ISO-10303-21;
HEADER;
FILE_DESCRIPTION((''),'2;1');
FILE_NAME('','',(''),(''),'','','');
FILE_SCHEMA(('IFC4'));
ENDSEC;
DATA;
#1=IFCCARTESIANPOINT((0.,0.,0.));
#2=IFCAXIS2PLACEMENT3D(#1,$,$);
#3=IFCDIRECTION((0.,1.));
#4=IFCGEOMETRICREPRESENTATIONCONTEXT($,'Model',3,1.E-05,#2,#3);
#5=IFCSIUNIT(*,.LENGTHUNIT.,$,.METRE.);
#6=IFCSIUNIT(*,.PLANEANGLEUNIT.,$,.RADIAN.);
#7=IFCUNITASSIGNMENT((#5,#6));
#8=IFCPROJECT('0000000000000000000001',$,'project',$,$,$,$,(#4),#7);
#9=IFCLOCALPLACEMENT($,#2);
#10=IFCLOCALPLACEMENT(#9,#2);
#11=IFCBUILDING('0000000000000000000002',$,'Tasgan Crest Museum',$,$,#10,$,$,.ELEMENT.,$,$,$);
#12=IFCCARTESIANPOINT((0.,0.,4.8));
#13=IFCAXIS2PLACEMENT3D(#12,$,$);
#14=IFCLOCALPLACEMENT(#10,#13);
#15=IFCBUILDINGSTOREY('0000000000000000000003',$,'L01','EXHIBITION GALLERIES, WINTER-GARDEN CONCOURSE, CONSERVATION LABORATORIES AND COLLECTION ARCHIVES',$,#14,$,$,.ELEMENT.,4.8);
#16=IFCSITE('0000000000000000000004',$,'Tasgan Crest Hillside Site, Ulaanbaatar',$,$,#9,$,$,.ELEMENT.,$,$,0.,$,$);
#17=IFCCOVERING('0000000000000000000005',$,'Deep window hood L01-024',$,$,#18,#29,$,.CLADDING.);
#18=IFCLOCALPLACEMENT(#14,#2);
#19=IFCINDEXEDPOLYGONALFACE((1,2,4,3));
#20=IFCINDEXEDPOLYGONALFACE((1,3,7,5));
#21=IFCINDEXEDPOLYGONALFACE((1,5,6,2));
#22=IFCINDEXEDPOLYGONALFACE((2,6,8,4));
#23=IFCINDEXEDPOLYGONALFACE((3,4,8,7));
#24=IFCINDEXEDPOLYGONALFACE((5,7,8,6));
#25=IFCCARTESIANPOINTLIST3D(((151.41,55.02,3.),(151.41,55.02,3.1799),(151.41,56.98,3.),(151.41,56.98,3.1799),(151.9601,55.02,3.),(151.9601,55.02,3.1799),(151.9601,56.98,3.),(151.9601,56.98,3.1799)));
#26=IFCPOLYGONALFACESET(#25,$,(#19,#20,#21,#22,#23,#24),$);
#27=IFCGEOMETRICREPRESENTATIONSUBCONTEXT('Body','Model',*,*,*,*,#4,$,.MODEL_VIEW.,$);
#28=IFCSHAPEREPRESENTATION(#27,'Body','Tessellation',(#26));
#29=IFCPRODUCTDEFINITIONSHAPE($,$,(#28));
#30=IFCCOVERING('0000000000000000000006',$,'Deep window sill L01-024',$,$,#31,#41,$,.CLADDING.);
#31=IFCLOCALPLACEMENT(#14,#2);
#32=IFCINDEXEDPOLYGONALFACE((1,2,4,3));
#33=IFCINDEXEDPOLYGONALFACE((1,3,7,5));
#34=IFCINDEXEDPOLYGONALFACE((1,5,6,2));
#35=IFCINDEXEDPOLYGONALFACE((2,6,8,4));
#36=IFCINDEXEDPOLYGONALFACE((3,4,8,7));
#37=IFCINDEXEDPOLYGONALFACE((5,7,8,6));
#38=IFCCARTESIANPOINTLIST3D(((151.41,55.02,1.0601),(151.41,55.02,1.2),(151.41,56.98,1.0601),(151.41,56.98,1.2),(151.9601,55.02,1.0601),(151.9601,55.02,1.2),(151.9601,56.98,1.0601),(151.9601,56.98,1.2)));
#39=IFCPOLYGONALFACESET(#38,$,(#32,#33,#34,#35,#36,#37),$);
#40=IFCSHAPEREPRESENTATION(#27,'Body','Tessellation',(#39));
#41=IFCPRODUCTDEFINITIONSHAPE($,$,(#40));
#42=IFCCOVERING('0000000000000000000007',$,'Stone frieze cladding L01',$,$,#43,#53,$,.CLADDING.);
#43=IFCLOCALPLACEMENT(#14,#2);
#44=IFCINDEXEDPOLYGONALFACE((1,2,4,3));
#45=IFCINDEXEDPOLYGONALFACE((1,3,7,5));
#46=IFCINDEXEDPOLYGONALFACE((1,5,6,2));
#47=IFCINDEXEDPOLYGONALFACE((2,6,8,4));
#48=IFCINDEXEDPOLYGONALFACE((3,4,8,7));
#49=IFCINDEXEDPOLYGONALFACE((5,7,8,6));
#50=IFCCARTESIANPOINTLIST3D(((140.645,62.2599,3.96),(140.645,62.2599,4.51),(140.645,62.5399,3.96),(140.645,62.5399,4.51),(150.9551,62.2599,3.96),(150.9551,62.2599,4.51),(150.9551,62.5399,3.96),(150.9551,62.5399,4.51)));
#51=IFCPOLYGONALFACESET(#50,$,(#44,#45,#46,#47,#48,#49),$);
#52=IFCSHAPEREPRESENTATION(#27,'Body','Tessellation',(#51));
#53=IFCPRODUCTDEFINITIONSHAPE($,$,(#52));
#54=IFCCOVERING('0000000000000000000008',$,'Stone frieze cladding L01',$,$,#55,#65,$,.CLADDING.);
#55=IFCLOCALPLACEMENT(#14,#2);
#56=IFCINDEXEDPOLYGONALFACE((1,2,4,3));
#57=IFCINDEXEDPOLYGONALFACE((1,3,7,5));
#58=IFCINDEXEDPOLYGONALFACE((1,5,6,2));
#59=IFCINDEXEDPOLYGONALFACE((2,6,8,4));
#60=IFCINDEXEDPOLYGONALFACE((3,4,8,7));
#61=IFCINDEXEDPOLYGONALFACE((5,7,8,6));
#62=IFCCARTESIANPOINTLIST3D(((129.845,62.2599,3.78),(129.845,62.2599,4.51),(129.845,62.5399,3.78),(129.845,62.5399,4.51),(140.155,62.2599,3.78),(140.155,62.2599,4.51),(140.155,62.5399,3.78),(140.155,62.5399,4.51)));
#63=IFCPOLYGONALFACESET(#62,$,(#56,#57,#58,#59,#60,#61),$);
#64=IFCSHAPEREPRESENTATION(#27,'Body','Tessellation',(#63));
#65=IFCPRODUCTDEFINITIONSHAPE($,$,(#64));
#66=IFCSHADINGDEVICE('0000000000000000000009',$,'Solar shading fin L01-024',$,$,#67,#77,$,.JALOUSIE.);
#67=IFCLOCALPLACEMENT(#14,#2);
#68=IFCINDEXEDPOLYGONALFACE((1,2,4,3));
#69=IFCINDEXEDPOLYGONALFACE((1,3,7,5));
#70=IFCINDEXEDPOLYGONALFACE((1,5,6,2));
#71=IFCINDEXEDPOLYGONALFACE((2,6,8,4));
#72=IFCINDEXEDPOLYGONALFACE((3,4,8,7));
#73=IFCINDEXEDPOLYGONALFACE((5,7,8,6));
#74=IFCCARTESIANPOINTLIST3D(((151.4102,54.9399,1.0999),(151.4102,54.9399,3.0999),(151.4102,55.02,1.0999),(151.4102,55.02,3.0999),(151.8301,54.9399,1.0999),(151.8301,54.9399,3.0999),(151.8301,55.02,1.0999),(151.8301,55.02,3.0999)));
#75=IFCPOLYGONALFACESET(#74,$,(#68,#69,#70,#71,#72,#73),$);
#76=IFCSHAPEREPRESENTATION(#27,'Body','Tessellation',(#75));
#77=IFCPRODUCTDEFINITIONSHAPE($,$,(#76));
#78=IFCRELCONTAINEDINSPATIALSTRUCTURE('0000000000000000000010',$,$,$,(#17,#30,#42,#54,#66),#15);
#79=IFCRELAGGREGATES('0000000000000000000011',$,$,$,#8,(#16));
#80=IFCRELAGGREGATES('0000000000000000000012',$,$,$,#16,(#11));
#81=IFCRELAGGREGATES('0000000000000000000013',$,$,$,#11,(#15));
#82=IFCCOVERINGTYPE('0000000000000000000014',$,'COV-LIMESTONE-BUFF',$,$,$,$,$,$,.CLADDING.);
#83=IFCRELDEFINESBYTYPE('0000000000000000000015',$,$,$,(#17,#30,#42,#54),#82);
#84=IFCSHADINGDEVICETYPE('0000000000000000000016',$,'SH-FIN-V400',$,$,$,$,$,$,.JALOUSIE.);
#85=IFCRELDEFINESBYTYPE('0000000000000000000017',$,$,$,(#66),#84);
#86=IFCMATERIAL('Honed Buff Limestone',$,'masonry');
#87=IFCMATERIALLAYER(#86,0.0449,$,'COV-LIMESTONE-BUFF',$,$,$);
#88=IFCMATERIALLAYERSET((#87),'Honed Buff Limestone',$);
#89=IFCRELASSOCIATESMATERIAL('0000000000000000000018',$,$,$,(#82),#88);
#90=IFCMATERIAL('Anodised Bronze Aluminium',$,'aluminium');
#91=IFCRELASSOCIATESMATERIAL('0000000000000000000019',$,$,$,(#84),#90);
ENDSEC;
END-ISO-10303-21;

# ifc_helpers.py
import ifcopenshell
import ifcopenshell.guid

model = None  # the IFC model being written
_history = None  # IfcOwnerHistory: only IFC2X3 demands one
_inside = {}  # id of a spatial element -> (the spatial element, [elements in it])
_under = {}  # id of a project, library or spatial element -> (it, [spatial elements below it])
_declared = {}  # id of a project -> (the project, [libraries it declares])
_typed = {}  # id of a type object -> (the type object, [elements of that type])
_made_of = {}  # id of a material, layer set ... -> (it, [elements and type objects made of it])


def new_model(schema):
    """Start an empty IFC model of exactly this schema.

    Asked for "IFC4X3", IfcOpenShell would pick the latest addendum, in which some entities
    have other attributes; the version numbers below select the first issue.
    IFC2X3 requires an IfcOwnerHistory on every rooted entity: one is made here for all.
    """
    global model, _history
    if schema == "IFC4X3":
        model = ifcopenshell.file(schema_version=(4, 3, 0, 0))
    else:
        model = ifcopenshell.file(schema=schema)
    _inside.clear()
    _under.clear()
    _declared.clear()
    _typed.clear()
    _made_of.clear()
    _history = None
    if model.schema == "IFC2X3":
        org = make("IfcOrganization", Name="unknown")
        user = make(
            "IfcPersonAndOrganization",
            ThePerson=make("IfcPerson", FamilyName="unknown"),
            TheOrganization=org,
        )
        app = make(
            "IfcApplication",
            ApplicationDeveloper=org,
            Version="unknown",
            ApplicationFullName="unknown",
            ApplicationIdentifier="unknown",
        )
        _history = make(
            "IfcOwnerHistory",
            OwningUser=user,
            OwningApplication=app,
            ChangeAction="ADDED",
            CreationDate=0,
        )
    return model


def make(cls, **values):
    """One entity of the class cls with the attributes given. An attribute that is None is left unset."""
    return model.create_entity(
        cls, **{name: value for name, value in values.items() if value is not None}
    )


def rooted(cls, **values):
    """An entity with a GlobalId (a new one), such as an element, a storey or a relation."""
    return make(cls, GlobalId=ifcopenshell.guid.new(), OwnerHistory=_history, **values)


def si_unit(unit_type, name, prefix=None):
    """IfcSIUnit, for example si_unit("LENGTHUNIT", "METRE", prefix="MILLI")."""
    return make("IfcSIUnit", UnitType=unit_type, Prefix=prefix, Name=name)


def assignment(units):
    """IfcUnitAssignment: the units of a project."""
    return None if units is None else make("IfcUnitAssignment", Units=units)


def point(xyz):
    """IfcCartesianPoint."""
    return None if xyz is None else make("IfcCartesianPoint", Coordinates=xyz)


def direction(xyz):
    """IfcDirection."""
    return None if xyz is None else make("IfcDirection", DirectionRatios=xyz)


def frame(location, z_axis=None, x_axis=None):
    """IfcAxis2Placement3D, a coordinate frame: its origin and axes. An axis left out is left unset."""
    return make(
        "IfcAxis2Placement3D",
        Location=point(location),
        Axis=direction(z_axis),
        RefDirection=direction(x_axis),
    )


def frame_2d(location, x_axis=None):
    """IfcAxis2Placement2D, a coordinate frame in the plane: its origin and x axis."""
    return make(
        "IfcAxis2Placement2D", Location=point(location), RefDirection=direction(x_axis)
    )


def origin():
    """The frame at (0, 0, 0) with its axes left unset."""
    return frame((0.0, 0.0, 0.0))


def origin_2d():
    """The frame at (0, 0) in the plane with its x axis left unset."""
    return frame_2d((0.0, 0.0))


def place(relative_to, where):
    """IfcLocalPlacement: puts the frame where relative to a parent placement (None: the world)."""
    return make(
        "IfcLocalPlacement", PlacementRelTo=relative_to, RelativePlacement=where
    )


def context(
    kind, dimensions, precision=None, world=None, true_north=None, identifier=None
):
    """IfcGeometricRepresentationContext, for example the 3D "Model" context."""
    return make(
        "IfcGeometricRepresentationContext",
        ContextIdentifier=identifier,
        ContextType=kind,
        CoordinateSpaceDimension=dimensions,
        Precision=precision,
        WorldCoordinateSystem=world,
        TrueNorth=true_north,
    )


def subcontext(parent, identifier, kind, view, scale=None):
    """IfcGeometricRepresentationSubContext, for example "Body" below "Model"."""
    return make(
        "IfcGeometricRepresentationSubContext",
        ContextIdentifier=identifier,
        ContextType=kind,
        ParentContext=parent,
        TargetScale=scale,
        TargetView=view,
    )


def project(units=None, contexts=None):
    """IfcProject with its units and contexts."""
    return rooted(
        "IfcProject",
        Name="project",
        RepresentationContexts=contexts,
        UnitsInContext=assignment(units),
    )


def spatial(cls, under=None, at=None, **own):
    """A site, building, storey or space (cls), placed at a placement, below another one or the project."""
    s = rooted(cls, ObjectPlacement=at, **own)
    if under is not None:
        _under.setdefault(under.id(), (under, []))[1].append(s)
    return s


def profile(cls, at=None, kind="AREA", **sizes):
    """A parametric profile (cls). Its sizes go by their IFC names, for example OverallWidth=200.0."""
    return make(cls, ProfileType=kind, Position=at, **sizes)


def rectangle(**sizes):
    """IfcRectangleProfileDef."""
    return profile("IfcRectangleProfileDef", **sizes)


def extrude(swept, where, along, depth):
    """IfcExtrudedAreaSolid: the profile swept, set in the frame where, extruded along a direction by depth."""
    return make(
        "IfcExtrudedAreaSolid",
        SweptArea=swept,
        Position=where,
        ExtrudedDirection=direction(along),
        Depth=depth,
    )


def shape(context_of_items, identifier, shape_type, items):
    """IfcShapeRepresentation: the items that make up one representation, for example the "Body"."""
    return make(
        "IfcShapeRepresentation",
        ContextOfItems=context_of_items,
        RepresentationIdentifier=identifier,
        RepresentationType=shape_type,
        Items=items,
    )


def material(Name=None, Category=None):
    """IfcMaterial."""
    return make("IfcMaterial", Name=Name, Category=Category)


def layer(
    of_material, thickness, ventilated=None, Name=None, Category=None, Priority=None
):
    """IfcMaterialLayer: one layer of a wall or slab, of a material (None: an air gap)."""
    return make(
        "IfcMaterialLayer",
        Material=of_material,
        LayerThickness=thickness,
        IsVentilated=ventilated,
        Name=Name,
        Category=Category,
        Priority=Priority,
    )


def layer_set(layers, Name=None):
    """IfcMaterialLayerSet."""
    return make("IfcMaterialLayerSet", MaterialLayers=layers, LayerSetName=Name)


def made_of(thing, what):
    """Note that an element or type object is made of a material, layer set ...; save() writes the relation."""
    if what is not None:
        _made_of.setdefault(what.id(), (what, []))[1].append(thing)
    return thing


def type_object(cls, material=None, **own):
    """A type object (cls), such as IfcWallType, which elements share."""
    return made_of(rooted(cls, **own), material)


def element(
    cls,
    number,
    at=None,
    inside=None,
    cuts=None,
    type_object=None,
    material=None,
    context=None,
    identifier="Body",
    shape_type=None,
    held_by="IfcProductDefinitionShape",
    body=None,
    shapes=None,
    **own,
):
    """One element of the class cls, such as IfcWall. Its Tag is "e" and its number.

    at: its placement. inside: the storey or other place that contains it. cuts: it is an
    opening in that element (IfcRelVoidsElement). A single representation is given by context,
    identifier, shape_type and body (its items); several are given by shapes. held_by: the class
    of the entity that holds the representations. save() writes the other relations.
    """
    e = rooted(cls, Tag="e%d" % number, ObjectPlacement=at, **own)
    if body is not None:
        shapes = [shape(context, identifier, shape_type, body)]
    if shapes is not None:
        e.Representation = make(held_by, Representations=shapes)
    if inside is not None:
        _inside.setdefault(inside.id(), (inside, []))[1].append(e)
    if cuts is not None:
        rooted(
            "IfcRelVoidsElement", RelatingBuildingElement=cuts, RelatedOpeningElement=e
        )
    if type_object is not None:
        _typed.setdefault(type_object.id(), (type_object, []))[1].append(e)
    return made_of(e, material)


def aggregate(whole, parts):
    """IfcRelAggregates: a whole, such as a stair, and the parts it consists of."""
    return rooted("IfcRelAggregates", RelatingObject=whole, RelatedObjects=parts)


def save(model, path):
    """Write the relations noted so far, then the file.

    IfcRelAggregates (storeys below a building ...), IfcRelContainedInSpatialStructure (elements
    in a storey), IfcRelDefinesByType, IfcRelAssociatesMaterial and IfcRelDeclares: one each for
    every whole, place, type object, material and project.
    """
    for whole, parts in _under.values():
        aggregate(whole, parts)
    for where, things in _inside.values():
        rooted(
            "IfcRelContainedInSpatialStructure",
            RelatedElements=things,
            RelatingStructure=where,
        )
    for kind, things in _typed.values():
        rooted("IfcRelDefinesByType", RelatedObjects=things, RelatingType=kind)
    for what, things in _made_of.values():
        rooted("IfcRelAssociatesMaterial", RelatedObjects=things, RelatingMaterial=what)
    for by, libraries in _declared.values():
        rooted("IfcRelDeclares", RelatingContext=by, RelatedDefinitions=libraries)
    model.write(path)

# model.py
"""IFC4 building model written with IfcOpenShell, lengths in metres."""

from ifc_helpers import new_model, si_unit, direction, frame, origin, origin_2d, place, context, subcontext, project, spatial, rectangle, extrude, material, layer, layer_set, type_object, element, save


model = new_model("IFC4")

# Units and contexts
model_context = context("Model", 3, precision=1e-05, world=origin(), true_north=direction((0.0, 1.0)))
body_context = subcontext(model_context, "Body", "Model", "MODEL_VIEW")
ifc_project = project(units=[si_unit("LENGTHUNIT", "METRE"), si_unit("PLANEANGLEUNIT", "RADIAN")], contexts=[model_context])

# Site, building, storey
site_placement = place(None, origin())
site = spatial("IfcSite", under=ifc_project, at=site_placement, Name="Tasgan Crest Hillside Site, Ulaanbaatar", CompositionType="ELEMENT", RefElevation=0.0)
building_placement = place(site_placement, origin())
building = spatial("IfcBuilding", under=site, at=building_placement, Name="Tasgan Crest Museum", CompositionType="ELEMENT")
storey_placement = place(building_placement, frame((0.0, 0.0, 4.8)))
storey = spatial("IfcBuildingStorey", under=building, at=storey_placement, Name="L01", Description="EXHIBITION GALLERIES, WINTER-GARDEN CONCOURSE, CONSERVATION LABORATORIES AND COLLECTION ARCHIVES", CompositionType="ELEMENT", Elevation=4.8)

# Coverings
ifc_material_1 = material(Name="Honed Buff Limestone", Category="masonry")
ifc_layer_1 = layer(ifc_material_1, 0.0449, Name="COV-LIMESTONE-BUFF")
ifc_layer_set_1 = layer_set([ifc_layer_1], Name="Honed Buff Limestone")
covering_type_1 = type_object("IfcCoveringType", Name="COV-LIMESTONE-BUFF", PredefinedType="CLADDING", material=ifc_layer_set_1)
covering_1_placement = place(storey_placement, frame((151.6851, 56.0, 3.0), z_axis=(0.0, 0.0, 1.0), x_axis=(0.0, 1.0, 0.0)))
element("IfcCovering", 1, at=covering_1_placement, inside=storey, type_object=covering_type_1, Name="Deep window hood L01-024", PredefinedType="CLADDING", context=body_context, shape_type="SweptSolid", body=[
    extrude(rectangle(XDim=1.96, YDim=0.55, at=origin_2d()), origin(), (0.0, 0.0, 1.0), 0.1799),
])
covering_2_placement = place(storey_placement, frame((151.6851, 56.0, 1.0601), z_axis=(0.0, 0.0, 1.0), x_axis=(0.0, 1.0, 0.0)))
element("IfcCovering", 2, at=covering_2_placement, inside=storey, type_object=covering_type_1, Name="Deep window sill L01-024", PredefinedType="CLADDING", context=body_context, shape_type="SweptSolid", body=[
    extrude(rectangle(XDim=1.96, YDim=0.55, at=origin_2d()), origin(), (0.0, 0.0, 1.0), 0.1399),
])
covering_3_placement = place(storey_placement, frame((145.8, 62.3999, 3.96), z_axis=(0.0, 0.0, 1.0), x_axis=(-1.0, 0.0, 0.0)))
element("IfcCovering", 3, at=covering_3_placement, inside=storey, type_object=covering_type_1, Name="Stone frieze cladding L01", PredefinedType="CLADDING", context=body_context, shape_type="SweptSolid", body=[
    extrude(rectangle(XDim=10.3101, YDim=0.28, at=origin_2d()), origin(), (0.0, 0.0, 1.0), 0.55),
])
covering_4_placement = place(storey_placement, frame((135.0, 62.3999, 3.78), z_axis=(0.0, 0.0, 1.0), x_axis=(-1.0, 0.0, 0.0)))
element("IfcCovering", 4, at=covering_4_placement, inside=storey, type_object=covering_type_1, Name="Stone frieze cladding L01", PredefinedType="CLADDING", context=body_context, shape_type="SweptSolid", body=[
    extrude(rectangle(XDim=10.3101, YDim=0.28, at=origin_2d()), origin(), (0.0, 0.0, 1.0), 0.73),
])

# Shading device
ifc_material_2 = material(Name="Anodised Bronze Aluminium", Category="aluminium")
shading_device_type = type_object("IfcShadingDeviceType", Name="SH-FIN-V400", PredefinedType="JALOUSIE", material=ifc_material_2)
shading_device_placement = place(storey_placement, frame((151.6201, 54.98, 1.0999), z_axis=(0.0, 0.0, 1.0), x_axis=(0.0, 1.0, 0.0)))
element("IfcShadingDevice", 5, at=shading_device_placement, inside=storey, type_object=shading_device_type, Name="Solar shading fin L01-024", PredefinedType="JALOUSIE", context=body_context, shape_type="SweptSolid", body=[
    extrude(rectangle(XDim=0.0801, YDim=0.4199, at=origin_2d()), origin(), (0.0, 0.0, 1.0), 2.0),
])

save(model, "model.ifc")
